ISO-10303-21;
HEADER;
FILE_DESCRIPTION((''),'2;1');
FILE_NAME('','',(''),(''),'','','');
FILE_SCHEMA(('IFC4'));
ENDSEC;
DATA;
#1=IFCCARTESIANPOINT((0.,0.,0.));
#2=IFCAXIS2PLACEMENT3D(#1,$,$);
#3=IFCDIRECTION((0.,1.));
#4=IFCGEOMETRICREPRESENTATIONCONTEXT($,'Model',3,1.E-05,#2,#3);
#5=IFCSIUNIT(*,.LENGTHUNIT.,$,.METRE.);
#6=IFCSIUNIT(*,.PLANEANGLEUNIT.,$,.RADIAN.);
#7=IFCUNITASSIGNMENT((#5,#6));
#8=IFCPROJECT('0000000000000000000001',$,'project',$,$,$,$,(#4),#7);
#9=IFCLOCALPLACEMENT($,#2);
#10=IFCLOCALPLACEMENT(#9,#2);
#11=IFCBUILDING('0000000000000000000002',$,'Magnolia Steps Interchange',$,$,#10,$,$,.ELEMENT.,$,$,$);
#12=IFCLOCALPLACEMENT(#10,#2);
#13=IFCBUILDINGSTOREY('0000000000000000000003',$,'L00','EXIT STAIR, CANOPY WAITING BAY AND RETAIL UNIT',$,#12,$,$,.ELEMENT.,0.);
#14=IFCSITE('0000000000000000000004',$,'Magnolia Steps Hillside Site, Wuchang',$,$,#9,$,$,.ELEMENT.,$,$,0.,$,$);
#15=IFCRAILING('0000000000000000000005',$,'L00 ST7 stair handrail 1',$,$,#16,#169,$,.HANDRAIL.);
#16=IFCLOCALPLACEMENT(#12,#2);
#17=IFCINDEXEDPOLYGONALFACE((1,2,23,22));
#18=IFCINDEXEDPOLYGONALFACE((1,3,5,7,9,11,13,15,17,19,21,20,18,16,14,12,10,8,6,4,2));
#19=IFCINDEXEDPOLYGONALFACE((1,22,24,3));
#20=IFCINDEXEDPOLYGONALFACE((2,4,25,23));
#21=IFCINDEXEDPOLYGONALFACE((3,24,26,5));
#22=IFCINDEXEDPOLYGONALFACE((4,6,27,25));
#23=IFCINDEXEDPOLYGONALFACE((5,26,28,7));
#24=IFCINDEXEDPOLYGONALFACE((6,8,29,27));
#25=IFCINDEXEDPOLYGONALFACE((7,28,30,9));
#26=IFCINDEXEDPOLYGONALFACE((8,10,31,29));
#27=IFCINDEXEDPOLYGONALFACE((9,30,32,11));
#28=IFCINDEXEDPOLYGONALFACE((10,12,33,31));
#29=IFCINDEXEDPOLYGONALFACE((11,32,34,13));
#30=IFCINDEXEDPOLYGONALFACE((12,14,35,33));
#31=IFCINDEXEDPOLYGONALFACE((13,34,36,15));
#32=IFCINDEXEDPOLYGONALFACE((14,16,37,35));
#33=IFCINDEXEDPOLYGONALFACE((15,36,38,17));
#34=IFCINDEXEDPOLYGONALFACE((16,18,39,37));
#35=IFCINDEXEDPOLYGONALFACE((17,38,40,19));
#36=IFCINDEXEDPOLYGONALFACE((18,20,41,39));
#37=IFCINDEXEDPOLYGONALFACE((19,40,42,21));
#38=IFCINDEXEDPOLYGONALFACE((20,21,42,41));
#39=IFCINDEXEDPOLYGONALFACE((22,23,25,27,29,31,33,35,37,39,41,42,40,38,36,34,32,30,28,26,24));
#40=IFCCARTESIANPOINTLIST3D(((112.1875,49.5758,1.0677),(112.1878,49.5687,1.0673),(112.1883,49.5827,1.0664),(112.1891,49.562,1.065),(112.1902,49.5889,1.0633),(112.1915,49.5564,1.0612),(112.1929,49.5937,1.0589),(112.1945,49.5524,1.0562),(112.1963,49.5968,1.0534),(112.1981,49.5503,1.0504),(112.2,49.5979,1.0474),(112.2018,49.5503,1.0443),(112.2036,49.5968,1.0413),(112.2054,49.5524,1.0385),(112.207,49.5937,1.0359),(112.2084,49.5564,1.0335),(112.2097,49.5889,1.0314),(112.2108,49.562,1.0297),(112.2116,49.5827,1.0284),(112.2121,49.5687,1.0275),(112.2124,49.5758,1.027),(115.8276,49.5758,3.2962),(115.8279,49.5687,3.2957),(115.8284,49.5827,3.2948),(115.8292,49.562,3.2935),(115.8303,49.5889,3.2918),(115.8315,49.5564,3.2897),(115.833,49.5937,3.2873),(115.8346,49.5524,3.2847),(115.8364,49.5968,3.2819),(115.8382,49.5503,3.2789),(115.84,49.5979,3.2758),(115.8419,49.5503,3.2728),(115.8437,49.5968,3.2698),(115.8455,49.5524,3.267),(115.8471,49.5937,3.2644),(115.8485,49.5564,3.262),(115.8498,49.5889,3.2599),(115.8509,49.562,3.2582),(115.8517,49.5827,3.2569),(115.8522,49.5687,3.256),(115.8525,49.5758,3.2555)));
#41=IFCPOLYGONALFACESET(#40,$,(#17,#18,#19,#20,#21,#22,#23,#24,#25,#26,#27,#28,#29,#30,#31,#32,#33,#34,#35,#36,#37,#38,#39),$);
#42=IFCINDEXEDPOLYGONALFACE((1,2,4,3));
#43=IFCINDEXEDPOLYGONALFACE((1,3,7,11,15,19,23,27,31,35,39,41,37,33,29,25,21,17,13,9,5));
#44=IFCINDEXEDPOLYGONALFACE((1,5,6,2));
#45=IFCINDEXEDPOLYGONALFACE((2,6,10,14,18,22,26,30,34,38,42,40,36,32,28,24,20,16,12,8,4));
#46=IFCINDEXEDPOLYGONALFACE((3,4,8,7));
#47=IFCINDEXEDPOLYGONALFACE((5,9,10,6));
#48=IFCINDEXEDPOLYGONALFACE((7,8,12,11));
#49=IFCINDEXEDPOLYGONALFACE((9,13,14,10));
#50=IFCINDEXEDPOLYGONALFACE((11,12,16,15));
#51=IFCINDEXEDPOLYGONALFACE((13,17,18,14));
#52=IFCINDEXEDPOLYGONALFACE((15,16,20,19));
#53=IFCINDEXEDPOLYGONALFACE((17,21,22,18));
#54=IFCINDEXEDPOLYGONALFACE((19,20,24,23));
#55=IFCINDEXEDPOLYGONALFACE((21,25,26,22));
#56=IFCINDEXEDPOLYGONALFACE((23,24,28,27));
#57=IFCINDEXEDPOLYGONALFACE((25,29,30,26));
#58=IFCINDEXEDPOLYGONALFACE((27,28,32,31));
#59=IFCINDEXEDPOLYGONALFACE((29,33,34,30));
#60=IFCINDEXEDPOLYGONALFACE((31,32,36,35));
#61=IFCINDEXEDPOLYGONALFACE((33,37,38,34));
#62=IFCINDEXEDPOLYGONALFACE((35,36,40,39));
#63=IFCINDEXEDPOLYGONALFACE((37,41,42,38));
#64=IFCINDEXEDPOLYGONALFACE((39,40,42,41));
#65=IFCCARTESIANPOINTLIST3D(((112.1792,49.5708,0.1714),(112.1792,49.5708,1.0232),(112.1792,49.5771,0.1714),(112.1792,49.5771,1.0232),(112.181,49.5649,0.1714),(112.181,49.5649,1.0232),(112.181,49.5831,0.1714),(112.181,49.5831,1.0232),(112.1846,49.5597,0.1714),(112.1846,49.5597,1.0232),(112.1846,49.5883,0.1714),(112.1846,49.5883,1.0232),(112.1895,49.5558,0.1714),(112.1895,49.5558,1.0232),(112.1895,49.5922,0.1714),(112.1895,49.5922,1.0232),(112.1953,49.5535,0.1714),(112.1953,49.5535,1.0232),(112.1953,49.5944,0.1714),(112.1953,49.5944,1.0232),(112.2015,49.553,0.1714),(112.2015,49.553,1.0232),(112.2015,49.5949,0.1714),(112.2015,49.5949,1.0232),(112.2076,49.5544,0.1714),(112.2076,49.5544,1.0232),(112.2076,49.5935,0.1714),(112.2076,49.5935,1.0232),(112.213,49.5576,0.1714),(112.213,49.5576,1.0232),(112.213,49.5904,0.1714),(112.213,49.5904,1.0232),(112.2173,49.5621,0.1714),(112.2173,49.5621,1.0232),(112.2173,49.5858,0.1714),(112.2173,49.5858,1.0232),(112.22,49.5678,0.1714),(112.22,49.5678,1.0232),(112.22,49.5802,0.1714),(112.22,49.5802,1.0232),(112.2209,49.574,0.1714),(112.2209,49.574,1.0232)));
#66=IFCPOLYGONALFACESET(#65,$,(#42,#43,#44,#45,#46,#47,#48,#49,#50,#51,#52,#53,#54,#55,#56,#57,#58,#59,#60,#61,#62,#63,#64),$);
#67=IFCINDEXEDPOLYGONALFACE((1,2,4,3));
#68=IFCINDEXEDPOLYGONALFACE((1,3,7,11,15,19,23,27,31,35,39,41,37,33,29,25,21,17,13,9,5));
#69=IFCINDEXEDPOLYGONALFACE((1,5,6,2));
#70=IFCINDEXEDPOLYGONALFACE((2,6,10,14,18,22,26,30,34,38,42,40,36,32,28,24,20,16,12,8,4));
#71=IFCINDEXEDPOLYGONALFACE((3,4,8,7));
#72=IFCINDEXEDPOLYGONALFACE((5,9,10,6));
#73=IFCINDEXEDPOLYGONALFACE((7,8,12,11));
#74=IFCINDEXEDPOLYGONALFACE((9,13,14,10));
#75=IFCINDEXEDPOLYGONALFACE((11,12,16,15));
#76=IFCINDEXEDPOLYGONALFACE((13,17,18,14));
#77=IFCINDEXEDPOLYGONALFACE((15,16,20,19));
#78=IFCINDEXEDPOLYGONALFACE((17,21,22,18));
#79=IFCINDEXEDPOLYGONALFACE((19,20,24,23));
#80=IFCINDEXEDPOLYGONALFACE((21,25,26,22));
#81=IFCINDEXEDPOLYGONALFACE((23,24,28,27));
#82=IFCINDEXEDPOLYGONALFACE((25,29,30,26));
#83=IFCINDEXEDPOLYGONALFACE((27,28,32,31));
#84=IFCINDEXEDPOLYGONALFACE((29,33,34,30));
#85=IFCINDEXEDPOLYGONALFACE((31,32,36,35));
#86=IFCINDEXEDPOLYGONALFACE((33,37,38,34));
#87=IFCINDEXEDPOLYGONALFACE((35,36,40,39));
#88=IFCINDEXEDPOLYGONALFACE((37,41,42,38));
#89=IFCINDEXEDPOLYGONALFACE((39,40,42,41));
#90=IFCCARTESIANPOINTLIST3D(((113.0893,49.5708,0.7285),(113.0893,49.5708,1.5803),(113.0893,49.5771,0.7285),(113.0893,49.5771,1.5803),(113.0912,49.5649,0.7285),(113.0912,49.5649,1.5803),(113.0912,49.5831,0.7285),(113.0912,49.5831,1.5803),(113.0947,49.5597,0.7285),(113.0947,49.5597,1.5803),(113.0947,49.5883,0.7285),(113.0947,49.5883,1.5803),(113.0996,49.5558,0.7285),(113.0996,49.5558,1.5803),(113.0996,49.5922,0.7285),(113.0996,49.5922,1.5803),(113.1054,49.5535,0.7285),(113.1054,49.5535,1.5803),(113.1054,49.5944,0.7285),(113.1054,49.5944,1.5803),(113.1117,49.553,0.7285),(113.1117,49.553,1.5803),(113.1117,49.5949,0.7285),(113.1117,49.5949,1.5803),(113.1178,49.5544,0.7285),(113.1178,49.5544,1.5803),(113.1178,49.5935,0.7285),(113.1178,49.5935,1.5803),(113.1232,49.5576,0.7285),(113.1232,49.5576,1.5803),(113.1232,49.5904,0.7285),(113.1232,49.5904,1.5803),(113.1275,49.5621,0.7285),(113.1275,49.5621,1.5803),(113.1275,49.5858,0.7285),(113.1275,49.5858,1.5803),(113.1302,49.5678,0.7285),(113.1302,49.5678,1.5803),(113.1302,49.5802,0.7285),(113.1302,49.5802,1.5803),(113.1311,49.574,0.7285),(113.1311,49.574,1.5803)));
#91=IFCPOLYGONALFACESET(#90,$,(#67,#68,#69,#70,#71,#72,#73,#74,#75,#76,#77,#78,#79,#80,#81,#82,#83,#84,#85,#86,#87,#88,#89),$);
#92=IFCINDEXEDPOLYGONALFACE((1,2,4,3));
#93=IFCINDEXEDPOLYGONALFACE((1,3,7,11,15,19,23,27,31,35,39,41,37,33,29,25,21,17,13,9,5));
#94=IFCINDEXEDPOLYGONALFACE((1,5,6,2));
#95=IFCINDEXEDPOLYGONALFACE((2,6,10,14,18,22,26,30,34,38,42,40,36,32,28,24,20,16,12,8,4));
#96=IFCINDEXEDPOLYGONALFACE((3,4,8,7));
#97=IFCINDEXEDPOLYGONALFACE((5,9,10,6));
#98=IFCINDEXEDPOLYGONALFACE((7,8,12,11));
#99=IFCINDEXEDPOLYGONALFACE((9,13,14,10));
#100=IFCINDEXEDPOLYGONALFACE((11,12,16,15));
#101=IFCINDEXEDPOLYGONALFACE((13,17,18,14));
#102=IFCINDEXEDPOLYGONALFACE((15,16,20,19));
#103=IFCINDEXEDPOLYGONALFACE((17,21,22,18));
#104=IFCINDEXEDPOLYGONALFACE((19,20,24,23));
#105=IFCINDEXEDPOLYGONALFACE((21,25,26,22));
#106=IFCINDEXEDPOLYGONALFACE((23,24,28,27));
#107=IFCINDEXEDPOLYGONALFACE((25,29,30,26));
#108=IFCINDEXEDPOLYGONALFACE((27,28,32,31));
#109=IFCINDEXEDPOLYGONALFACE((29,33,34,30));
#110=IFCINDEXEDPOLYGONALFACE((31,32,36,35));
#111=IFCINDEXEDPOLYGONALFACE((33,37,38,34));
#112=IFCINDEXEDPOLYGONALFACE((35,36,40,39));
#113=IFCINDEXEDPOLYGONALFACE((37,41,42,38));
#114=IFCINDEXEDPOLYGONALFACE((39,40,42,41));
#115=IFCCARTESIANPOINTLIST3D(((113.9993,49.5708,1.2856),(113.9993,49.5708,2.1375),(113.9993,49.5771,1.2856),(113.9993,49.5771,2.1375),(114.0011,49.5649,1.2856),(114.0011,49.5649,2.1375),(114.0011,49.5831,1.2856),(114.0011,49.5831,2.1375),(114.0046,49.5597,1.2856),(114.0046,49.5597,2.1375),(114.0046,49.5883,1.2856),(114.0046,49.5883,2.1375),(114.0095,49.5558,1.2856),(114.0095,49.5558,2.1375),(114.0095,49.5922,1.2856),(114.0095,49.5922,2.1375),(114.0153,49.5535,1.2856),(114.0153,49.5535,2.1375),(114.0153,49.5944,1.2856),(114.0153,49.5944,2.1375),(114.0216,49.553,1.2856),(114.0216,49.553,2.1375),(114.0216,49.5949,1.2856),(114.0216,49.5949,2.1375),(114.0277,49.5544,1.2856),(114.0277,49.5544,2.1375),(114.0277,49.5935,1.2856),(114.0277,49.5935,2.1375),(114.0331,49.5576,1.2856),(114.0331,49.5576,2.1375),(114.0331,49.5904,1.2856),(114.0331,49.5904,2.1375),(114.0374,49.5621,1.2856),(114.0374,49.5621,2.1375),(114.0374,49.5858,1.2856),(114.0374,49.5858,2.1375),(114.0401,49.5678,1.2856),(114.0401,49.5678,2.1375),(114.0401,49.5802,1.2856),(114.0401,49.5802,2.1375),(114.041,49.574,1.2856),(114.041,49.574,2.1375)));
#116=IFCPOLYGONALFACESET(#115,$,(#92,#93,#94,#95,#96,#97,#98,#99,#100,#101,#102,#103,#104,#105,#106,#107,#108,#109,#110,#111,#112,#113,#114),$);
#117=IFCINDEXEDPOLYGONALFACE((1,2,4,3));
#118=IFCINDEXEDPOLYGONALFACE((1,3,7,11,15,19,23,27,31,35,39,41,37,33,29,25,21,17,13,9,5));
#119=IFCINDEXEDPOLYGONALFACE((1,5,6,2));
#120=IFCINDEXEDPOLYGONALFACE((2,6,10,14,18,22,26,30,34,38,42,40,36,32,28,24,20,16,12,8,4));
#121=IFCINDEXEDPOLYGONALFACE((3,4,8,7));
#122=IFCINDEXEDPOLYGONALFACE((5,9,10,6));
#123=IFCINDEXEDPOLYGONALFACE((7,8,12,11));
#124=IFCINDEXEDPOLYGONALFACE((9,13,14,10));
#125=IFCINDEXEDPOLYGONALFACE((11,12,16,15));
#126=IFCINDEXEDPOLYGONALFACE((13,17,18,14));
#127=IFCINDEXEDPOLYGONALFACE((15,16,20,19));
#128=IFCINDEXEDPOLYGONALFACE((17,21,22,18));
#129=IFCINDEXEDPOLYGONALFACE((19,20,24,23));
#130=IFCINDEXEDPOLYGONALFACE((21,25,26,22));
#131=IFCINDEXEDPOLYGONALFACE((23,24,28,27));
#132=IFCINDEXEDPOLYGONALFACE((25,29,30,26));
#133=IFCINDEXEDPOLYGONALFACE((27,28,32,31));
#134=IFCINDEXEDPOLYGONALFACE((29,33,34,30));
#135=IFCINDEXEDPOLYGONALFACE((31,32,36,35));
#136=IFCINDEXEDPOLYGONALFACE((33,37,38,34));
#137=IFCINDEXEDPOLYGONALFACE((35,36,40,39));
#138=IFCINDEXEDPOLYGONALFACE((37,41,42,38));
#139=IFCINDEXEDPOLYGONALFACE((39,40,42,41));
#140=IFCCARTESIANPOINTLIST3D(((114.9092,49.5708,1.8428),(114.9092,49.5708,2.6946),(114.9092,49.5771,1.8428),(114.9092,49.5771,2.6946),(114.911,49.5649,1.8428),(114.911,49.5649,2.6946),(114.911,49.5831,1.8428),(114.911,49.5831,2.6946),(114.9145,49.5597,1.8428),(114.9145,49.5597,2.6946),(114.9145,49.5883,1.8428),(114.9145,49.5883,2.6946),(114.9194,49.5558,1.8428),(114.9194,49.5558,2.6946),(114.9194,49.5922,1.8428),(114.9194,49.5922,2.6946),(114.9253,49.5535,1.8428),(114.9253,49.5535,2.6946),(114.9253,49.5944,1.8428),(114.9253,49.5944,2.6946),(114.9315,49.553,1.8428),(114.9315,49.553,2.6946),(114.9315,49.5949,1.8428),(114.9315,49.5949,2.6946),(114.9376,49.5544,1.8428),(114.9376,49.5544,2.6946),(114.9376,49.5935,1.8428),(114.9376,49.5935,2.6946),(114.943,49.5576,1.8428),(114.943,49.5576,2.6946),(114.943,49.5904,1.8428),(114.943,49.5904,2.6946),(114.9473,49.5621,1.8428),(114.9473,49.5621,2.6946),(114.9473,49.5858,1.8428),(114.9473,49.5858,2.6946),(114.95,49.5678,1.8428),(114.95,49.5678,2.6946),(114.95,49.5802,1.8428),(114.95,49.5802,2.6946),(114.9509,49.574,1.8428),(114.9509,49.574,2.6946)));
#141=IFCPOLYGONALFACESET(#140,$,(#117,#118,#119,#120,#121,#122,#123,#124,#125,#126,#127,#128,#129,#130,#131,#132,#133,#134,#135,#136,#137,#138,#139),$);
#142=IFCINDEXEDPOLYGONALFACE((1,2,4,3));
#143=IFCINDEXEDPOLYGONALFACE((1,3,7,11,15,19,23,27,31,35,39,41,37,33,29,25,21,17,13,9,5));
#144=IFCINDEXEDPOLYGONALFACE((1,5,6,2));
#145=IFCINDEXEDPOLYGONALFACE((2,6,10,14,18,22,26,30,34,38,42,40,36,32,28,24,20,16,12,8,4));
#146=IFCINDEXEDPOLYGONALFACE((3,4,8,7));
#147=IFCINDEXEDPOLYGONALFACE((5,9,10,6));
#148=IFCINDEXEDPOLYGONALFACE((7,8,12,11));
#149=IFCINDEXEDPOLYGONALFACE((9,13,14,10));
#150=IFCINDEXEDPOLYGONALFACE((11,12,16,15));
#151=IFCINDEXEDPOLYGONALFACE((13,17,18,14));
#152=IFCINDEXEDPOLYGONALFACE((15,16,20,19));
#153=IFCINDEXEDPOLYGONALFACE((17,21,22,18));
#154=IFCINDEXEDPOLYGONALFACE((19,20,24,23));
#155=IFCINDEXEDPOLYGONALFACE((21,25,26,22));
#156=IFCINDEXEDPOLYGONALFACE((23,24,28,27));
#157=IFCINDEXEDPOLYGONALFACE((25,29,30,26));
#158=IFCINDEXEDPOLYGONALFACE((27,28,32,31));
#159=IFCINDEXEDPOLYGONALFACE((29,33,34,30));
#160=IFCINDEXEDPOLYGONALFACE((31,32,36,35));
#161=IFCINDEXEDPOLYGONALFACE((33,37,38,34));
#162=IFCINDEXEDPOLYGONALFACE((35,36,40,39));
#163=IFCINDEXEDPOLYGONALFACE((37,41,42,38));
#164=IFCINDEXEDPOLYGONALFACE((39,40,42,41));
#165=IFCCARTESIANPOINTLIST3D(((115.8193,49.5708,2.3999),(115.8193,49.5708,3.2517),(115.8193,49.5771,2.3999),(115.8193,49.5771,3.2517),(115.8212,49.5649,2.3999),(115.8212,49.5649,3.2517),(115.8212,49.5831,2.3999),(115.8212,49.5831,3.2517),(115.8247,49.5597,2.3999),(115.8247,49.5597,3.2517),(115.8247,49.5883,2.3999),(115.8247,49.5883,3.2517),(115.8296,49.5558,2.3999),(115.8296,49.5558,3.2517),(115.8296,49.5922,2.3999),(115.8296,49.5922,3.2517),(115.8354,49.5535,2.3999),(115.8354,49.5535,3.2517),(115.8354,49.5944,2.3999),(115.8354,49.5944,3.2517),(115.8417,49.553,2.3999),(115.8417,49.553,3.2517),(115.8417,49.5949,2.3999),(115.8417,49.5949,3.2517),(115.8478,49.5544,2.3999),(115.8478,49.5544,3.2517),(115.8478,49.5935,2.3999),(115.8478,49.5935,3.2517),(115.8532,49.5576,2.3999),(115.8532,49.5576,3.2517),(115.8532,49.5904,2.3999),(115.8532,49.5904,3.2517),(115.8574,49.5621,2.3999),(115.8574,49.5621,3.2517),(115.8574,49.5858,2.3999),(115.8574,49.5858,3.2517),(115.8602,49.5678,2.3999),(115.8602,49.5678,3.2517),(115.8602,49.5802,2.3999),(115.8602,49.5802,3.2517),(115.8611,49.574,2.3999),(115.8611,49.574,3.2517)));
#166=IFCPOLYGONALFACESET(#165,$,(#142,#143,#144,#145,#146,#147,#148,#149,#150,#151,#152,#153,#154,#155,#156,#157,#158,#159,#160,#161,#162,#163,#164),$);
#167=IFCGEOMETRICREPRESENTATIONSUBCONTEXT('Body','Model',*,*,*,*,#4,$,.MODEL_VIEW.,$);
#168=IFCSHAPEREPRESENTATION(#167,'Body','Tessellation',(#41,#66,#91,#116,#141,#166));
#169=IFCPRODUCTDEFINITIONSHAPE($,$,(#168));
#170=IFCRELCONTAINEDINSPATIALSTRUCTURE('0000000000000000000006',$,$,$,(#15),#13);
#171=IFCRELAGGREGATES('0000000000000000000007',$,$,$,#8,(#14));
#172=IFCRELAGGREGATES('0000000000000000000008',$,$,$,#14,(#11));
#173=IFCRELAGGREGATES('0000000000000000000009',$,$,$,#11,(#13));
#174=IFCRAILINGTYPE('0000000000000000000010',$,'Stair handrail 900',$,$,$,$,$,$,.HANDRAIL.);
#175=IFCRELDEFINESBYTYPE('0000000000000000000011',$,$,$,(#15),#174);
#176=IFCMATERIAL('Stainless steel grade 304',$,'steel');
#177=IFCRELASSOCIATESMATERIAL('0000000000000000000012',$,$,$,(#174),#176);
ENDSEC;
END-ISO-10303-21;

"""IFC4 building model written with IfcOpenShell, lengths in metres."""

from ifc_helpers import new_model, si_unit, direction, frame, origin, origin_2d, place, context, subcontext, project, spatial, circle, extrude, material, type_object, element, save


model = new_model("IFC4")

# Units and contexts
model_context = context("Model", 3, precision=1e-05, world=origin(), true_north=direction((0.0, 1.0)))
body_context = subcontext(model_context, "Body", "Model", "MODEL_VIEW")
ifc_project = project(units=[si_unit("LENGTHUNIT", "METRE"), si_unit("PLANEANGLEUNIT", "RADIAN")], contexts=[model_context])

# Site, building, storey
site_placement = place(None, origin())
site = spatial("IfcSite", under=ifc_project, at=site_placement, Name="Magnolia Steps Hillside Site, Wuchang", CompositionType="ELEMENT", RefElevation=0.0)
building_placement = place(site_placement, origin())
building = spatial("IfcBuilding", under=site, at=building_placement, Name="Magnolia Steps Interchange", CompositionType="ELEMENT")
storey_placement = place(building_placement, origin())
storey = spatial("IfcBuildingStorey", under=building, at=storey_placement, Name="L00", Description="EXIT STAIR, CANOPY WAITING BAY AND RETAIL UNIT", CompositionType="ELEMENT", Elevation=0.0)

# Railing
ifc_material_1 = material(Name="Stainless steel grade 304", Category="steel")
railing_type_1 = type_object("IfcRailingType", Name="Stair handrail 900", PredefinedType="HANDRAIL", material=ifc_material_1)
for number, where, name in (
    (1, (112.2, 49.574, 0.1714), "L00 ST7 stair handrail 1"),
):
    element("IfcRailing", number, at=place(storey_placement, frame(where)), inside=storey, type_object=railing_type_1, Name=name, PredefinedType="HANDRAIL", context=body_context, shape_type="SweptSolid", body=[
        extrude(circle(Radius=0.0239, at=origin_2d()), frame((0.0, 0.0, 0.876), z_axis=(0.852866, 0.0, 0.52213), x_axis=(0.0, 1.0, 0.0)), (0.0, 0.0, 1.0), 4.2681),
        extrude(circle(Radius=0.021, at=origin_2d()), origin(), (0.0, 0.0, 1.0), 0.8518),
        extrude(circle(Radius=0.021, at=origin_2d()), frame((0.9102, 0.0, 0.5571)), (0.0, 0.0, 1.0), 0.8518),
        extrude(circle(Radius=0.021, at=origin_2d()), frame((1.8201, 0.0, 1.1143)), (0.0, 0.0, 1.0), 0.8518),
        extrude(circle(Radius=0.021, at=origin_2d()), frame((2.73, 0.0, 1.6714)), (0.0, 0.0, 1.0), 0.8518),
        extrude(circle(Radius=0.021, at=origin_2d()), frame((3.6401, 0.0, 2.2285)), (0.0, 0.0, 1.0), 0.8518),
    ])

save(model, "model.ifc")
